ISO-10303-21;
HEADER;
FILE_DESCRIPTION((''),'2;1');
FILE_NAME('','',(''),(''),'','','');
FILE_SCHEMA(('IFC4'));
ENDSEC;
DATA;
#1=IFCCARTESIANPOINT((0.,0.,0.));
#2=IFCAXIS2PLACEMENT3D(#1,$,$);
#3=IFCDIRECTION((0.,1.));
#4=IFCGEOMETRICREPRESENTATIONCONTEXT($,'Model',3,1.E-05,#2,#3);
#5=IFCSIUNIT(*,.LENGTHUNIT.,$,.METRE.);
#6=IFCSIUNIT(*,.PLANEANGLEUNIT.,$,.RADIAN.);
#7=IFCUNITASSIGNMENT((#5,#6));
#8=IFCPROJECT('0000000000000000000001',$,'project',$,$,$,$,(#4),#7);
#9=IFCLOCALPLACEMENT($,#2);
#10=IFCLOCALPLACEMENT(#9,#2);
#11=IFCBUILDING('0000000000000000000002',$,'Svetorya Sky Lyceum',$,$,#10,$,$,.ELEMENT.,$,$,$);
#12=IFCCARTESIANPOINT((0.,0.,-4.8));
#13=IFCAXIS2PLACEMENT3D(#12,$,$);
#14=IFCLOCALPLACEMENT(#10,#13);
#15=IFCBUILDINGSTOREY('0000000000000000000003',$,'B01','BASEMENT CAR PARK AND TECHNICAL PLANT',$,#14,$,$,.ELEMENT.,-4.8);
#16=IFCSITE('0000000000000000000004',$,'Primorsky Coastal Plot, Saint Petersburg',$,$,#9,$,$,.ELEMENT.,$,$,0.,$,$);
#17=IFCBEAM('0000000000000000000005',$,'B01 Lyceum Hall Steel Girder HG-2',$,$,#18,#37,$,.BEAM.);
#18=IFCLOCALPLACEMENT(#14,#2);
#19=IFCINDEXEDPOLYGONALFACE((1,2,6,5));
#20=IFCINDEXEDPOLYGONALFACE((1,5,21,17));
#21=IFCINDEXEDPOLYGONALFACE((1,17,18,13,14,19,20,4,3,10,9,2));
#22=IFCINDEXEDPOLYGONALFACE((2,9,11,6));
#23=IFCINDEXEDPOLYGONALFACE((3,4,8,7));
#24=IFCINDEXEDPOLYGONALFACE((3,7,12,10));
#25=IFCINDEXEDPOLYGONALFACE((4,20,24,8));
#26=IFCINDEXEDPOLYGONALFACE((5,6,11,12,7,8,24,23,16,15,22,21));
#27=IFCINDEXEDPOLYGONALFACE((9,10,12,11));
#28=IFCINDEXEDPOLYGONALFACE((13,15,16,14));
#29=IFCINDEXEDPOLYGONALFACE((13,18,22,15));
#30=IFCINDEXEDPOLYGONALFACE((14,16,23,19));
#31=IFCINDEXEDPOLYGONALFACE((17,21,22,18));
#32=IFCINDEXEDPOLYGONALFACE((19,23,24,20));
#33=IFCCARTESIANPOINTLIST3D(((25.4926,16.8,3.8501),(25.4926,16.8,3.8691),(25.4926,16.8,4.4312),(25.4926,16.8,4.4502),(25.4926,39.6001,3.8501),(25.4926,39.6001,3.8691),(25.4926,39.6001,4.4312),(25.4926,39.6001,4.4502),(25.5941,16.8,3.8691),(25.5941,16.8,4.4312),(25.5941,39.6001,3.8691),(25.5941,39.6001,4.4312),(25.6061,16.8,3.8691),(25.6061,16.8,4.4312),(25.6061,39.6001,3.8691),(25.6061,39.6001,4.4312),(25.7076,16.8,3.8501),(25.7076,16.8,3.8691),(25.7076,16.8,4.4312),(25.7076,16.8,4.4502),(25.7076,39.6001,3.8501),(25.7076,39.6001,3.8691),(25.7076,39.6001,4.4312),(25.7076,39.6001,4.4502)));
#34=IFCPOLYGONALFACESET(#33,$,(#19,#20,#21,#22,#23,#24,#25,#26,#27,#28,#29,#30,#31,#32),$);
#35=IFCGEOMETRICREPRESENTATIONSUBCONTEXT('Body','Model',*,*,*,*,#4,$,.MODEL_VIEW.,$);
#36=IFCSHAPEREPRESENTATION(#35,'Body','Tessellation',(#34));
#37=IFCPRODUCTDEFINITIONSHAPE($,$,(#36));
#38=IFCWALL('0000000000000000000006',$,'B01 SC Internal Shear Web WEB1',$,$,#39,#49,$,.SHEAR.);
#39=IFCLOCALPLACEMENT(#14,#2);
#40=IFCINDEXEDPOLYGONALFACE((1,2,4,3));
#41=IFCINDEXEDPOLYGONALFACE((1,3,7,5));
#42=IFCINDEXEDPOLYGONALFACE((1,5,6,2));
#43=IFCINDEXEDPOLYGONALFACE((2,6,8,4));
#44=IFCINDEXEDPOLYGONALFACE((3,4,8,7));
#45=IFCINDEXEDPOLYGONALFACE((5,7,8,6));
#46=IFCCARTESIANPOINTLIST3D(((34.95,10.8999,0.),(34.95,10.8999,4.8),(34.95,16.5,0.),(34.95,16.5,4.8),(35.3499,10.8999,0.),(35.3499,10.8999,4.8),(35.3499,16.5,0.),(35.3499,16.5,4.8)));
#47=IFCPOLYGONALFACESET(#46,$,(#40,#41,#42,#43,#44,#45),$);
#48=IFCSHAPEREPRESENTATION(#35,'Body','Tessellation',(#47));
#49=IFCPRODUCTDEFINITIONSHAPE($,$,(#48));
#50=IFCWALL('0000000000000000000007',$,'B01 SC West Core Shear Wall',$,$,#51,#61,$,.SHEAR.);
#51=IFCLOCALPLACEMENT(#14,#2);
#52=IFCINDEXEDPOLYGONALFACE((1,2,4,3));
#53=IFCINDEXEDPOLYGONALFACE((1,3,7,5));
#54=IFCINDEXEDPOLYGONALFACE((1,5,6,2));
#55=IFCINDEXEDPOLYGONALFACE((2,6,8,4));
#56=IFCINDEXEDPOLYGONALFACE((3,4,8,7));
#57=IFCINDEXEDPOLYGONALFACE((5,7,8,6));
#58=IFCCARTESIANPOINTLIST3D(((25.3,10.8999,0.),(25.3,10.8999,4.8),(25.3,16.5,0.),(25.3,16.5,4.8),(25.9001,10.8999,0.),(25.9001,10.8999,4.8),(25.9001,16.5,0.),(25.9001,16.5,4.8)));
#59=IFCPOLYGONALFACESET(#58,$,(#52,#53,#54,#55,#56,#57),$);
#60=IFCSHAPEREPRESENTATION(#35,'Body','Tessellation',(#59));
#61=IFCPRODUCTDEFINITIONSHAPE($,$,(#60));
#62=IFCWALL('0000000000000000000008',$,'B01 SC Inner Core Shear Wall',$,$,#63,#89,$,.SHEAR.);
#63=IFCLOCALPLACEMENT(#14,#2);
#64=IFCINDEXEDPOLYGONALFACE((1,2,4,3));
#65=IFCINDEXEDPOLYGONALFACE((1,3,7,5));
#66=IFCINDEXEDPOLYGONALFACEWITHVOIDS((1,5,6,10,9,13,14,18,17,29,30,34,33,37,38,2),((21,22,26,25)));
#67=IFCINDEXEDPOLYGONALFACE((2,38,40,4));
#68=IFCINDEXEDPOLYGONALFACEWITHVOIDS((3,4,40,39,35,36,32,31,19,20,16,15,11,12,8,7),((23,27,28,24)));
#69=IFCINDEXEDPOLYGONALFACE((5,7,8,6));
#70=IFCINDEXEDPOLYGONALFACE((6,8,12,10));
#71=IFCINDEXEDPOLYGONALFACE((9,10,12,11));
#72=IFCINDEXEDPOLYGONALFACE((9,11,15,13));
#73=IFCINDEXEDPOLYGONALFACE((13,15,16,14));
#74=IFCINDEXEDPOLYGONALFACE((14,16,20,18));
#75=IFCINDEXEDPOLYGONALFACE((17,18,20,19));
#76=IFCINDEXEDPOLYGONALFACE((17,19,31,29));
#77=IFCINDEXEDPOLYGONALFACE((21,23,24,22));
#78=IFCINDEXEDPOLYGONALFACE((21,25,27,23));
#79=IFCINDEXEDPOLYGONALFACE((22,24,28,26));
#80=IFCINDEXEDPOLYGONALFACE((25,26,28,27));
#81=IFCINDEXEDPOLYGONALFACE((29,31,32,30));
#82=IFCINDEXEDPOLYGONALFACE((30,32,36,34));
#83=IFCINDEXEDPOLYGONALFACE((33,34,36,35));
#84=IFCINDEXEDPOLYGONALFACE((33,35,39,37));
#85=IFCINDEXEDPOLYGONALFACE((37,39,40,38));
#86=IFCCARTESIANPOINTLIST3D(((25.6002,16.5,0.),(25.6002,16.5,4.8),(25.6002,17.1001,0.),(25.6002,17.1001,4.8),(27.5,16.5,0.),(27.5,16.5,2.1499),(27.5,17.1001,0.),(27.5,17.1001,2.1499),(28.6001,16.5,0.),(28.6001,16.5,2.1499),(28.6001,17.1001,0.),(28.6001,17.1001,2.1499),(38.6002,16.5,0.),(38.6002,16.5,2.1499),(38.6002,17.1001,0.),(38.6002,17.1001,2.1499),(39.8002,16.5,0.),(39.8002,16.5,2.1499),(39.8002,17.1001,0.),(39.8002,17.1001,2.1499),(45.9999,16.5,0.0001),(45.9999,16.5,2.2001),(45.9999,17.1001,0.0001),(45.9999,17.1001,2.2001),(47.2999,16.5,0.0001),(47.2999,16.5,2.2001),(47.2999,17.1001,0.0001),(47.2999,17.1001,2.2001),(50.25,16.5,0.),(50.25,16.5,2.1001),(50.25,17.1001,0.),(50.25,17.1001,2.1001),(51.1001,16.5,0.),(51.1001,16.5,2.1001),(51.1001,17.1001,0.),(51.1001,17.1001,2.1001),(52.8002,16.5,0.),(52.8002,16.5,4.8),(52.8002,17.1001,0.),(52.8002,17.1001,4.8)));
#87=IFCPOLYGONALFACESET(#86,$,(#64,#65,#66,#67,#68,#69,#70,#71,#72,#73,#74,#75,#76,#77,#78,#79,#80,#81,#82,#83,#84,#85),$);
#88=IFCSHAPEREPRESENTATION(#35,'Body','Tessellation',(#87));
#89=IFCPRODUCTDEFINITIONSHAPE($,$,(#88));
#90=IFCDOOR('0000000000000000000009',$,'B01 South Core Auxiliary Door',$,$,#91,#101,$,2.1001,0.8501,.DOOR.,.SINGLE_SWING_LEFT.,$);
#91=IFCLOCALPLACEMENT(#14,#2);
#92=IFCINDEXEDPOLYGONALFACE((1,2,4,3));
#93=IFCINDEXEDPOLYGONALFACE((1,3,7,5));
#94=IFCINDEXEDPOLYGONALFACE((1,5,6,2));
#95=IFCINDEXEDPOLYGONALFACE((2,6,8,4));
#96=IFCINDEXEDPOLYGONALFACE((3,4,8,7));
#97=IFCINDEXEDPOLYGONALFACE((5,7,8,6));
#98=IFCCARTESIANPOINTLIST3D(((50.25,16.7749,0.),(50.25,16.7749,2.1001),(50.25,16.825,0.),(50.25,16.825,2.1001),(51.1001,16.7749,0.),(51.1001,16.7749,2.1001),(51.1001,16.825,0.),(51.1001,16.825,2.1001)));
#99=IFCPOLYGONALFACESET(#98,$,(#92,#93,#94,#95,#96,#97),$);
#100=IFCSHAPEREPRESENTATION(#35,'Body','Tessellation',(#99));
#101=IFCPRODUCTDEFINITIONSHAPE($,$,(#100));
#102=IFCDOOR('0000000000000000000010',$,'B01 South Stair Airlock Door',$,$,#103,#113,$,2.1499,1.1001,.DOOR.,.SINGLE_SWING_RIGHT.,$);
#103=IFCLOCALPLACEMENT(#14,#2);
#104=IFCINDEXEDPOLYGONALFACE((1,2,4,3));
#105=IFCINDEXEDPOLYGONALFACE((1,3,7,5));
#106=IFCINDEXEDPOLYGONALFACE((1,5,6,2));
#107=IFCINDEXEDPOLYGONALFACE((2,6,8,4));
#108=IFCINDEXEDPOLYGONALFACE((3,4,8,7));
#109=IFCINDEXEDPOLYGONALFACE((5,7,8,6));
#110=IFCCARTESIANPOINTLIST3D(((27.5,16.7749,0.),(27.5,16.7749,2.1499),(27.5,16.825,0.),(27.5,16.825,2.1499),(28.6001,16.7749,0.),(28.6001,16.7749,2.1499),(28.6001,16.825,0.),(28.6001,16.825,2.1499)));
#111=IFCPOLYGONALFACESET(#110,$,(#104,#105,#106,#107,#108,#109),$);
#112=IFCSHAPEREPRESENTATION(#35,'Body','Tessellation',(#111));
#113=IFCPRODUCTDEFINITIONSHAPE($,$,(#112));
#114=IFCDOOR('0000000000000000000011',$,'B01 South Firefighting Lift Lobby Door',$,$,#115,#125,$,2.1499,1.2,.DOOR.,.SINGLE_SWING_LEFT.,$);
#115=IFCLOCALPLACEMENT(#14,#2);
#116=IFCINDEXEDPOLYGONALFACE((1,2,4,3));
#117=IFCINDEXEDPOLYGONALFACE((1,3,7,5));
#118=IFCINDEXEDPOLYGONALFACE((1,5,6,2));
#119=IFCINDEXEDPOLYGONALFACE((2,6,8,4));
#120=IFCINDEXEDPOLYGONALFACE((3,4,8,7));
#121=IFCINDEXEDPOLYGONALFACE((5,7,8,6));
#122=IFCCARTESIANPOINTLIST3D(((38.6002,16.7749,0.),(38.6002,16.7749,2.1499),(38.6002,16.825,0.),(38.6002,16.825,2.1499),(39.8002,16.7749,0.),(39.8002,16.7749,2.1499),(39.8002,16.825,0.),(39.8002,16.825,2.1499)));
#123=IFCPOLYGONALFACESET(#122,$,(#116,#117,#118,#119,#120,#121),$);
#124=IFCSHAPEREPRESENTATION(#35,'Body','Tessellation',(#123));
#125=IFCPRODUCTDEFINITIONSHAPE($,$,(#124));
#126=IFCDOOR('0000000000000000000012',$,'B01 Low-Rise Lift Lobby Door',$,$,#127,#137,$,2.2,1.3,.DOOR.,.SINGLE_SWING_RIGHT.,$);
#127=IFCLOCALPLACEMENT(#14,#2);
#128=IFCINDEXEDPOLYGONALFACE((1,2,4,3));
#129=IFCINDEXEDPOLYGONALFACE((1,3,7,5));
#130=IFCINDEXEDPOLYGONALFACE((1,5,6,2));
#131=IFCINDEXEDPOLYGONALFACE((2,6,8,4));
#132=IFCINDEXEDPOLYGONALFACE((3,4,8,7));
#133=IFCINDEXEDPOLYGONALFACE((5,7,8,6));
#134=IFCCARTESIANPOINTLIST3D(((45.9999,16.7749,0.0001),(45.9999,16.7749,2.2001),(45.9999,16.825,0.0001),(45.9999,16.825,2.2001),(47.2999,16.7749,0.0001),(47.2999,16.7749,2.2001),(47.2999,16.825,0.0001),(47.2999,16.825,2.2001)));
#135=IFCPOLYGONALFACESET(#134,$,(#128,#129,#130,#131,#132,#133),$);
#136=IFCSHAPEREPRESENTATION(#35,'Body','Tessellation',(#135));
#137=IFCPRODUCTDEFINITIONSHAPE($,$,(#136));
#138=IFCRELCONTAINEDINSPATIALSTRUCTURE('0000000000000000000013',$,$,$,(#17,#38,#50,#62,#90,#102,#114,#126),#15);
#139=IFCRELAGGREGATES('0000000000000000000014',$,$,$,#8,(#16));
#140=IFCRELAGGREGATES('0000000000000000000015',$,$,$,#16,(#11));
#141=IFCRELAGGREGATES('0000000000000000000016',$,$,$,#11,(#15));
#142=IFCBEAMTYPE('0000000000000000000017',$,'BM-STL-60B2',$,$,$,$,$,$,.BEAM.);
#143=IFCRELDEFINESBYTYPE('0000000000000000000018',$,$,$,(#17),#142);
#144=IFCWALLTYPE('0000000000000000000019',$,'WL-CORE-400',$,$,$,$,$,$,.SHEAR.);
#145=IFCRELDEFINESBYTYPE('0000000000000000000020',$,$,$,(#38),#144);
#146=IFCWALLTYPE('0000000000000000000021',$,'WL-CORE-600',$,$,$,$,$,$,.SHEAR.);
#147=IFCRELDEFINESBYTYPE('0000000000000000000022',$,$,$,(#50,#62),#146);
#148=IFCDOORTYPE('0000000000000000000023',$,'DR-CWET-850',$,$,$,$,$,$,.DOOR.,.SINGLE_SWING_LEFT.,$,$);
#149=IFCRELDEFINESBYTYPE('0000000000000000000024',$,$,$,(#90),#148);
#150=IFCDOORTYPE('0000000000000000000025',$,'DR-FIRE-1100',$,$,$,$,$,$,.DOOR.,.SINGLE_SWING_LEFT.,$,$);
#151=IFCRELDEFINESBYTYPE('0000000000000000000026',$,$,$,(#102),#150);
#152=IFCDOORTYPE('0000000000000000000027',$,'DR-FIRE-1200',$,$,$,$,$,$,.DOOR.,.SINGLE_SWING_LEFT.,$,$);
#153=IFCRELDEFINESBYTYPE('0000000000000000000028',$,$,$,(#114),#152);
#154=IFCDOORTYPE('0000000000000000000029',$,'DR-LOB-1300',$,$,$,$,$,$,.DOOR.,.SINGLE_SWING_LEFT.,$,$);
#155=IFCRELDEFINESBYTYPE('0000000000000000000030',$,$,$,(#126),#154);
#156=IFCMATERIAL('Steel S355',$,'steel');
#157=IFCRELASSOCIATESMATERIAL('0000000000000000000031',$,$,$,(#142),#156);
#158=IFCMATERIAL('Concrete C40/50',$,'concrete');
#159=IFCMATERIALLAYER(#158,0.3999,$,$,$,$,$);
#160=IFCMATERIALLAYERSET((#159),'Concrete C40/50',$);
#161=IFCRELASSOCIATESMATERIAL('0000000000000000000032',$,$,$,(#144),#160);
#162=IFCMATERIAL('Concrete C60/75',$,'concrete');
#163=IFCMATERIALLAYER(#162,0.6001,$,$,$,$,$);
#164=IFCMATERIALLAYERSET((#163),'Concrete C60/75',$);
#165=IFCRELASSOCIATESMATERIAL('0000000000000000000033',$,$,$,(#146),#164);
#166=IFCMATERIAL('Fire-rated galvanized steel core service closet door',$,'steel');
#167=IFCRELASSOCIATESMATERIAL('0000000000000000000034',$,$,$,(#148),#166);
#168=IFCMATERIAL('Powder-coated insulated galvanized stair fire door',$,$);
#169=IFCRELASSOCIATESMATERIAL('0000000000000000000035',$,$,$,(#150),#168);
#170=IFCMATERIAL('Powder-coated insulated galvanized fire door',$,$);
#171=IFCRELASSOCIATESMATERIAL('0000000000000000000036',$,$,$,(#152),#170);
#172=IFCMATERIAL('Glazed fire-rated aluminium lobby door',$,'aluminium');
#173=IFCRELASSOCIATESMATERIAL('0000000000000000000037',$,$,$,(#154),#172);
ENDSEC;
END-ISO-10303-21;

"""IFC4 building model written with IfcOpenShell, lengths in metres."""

from ifc_helpers import new_model, si_unit, direction, frame, frame_2d, origin, origin_2d, place, context, subcontext, project, spatial, rectangle, i_section, extrude, material, layer, layer_set, material_profile, profile_set, type_object, element, fill, save


model = new_model("IFC4")

# Units and contexts
model_context = context("Model", 3, precision=1e-05, world=origin(), true_north=direction((0.0, 1.0)))
body_context = subcontext(model_context, "Body", "Model", "MODEL_VIEW")
ifc_project = project(units=[si_unit("LENGTHUNIT", "METRE"), si_unit("PLANEANGLEUNIT", "RADIAN")], contexts=[model_context])

# Site, building, storey
site_placement = place(None, origin())
site = spatial("IfcSite", under=ifc_project, at=site_placement, Name="Primorsky Coastal Plot, Saint Petersburg", CompositionType="ELEMENT", RefElevation=0.0)
building_placement = place(site_placement, origin())
building = spatial("IfcBuilding", under=site, at=building_placement, Name="Svetorya Sky Lyceum", CompositionType="ELEMENT")
storey_placement = place(building_placement, frame((0.0, 0.0, -4.8)))
storey = spatial("IfcBuildingStorey", under=building, at=storey_placement, Name="B01", Description="BASEMENT CAR PARK AND TECHNICAL PLANT", CompositionType="ELEMENT", Elevation=-4.8)

# Shared definitions
ifc_material_1 = material(Name="Concrete C40/50", Category="concrete")

# Shared definitions
ifc_material_2 = material(Name="Concrete C60/75", Category="concrete")

# Beam
ifc_material_3 = material(Name="Steel S355", Category="steel")
ifc_material_profile_1 = material_profile(ifc_material_3, i_section(OverallWidth=0.2151, OverallDepth=0.6001, WebThickness=0.012, FlangeThickness=0.019, at=origin_2d()), Name="GOST 60B2")
ifc_profile_set_1 = profile_set([ifc_material_profile_1], Name="Steel S355")
beam_type_1 = type_object("IfcBeamType", Name="BM-STL-60B2", PredefinedType="BEAM", material=ifc_profile_set_1)
beam_1_placement = place(storey_placement, frame((25.6001, 16.8, 4.1501), z_axis=(0.0, 1.0, 0.0), x_axis=(-1.0, 0.0, 0.0)))
element("IfcBeam", 1, at=beam_1_placement, inside=storey, type_object=beam_type_1, Name="B01 Lyceum Hall Steel Girder HG-2", PredefinedType="BEAM", context=body_context, shape_type="SweptSolid", body=[
    extrude(i_section(OverallWidth=0.2151, OverallDepth=0.6001, WebThickness=0.012, FlangeThickness=0.019, at=origin_2d()), origin(), (0.0, 0.0, 1.0), 22.8),
])

# Walls
ifc_layer_1 = layer(ifc_material_1, 0.3999)
ifc_layer_set_1 = layer_set([ifc_layer_1], Name="Concrete C40/50")
wall_type_1 = type_object("IfcWallType", Name="WL-CORE-400", PredefinedType="SHEAR", material=ifc_layer_set_1)
wall_1_placement = place(storey_placement, frame((35.1499, 10.8999, 0.0), z_axis=(0.0, 0.0, 1.0), x_axis=(0.0, 1.0, 0.0)))
element("IfcWall", 2, at=wall_1_placement, inside=storey, type_object=wall_type_1, Name="B01 SC Internal Shear Web WEB1", PredefinedType="SHEAR", context=body_context, shape_type="SweptSolid", body=[
    extrude(rectangle(XDim=5.6001, YDim=0.3999, at=frame_2d((2.8, 0.0))), origin(), (0.0, 0.0, 1.0), 4.8),
])
ifc_layer_2 = layer(ifc_material_2, 0.6001)
ifc_layer_set_2 = layer_set([ifc_layer_2], Name="Concrete C60/75")
wall_type_2 = type_object("IfcWallType", Name="WL-CORE-600", PredefinedType="SHEAR", material=ifc_layer_set_2)
wall_2_placement = place(storey_placement, frame((25.6001, 10.8999, 0.0), z_axis=(0.0, 0.0, 1.0), x_axis=(0.0, 1.0, 0.0)))
element("IfcWall", 3, at=wall_2_placement, inside=storey, type_object=wall_type_2, Name="B01 SC West Core Shear Wall", PredefinedType="SHEAR", context=body_context, shape_type="SweptSolid", body=[
    extrude(rectangle(XDim=5.6001, YDim=0.6001, at=frame_2d((2.8, 0.0))), origin(), (0.0, 0.0, 1.0), 4.8),
])

# Wall, openings, doors
wall_3_placement = place(storey_placement, frame((25.6001, 16.8, 0.0), z_axis=(0.0, 0.0, 1.0), x_axis=(1.0, 0.0, 0.0)))
wall_3 = element("IfcWall", 4, at=wall_3_placement, inside=storey, type_object=wall_type_2, Name="B01 SC Inner Core Shear Wall", PredefinedType="SHEAR", context=body_context, shape_type="SweptSolid", body=[
    extrude(rectangle(XDim=27.2, YDim=0.6001, at=frame_2d((13.6001, 0.0))), origin(), (0.0, 0.0, 1.0), 4.8),
])
opening_1_placement = place(wall_3_placement, frame((1.8999, 0.0, 0.0)))
opening_1 = element("IfcOpeningElement", 5, at=opening_1_placement, cuts=wall_3, PredefinedType="OPENING", context=body_context, shape_type="SweptSolid", body=[
    extrude(rectangle(XDim=1.1001, YDim=2.1499, at=frame_2d((0.55, 1.075))), frame((0.0, 0.3101, 0.0), z_axis=(0.0, -1.0, 0.0), x_axis=(1.0, 0.0, 0.0)), (0.0, 0.0, 1.0), 0.6201),
])
opening_2_placement = place(wall_3_placement, frame((13.0, 0.0, 0.0)))
opening_2 = element("IfcOpeningElement", 6, at=opening_2_placement, cuts=wall_3, PredefinedType="OPENING", context=body_context, shape_type="SweptSolid", body=[
    extrude(rectangle(XDim=1.2, YDim=2.1499, at=frame_2d((0.6001, 1.075))), frame((0.0, 0.3101, 0.0), z_axis=(0.0, -1.0, 0.0), x_axis=(1.0, 0.0, 0.0)), (0.0, 0.0, 1.0), 0.6201),
])
opening_3_placement = place(wall_3_placement, frame((20.3999, 0.0, 0.0)))
opening_3 = element("IfcOpeningElement", 7, at=opening_3_placement, cuts=wall_3, PredefinedType="OPENING", context=body_context, shape_type="SweptSolid", body=[
    extrude(rectangle(XDim=1.3, YDim=2.2, at=frame_2d((0.6499, 1.1001))), frame((0.0, 0.3101, 0.0), z_axis=(0.0, -1.0, 0.0), x_axis=(1.0, 0.0, 0.0)), (0.0, 0.0, 1.0), 0.6201),
])
opening_4_placement = place(wall_3_placement, frame((24.6499, 0.0, 0.0)))
opening_4 = element("IfcOpeningElement", 8, at=opening_4_placement, cuts=wall_3, PredefinedType="OPENING", context=body_context, shape_type="SweptSolid", body=[
    extrude(rectangle(XDim=0.8501, YDim=2.1001, at=frame_2d((0.425, 1.05))), frame((0.0, 0.3101, 0.0), z_axis=(0.0, -1.0, 0.0), x_axis=(1.0, 0.0, 0.0)), (0.0, 0.0, 1.0), 0.6201),
])
ifc_material_4 = material(Name="Fire-rated galvanized steel core service closet door", Category="steel")
door_type_1 = type_object("IfcDoorType", Name="DR-CWET-850", OperationType="SINGLE_SWING_LEFT", PredefinedType="DOOR", material=ifc_material_4)
door_1_placement = place(opening_4_placement, origin())
door_1 = element("IfcDoor", 9, at=door_1_placement, inside=storey, type_object=door_type_1, Name="B01 South Core Auxiliary Door", OperationType="SINGLE_SWING_LEFT", OverallHeight=2.1001, OverallWidth=0.8501, PredefinedType="DOOR", context=body_context, shape_type="SweptSolid", body=[
    extrude(rectangle(XDim=0.8501, YDim=2.1001, at=frame_2d((0.425, 1.05))), frame((0.0, 0.0249, 0.0), z_axis=(0.0, -1.0, 0.0), x_axis=(1.0, 0.0, 0.0)), (0.0, 0.0, 1.0), 0.05),
])
fill(opening_4, door_1)
ifc_material_5 = material(Name="Powder-coated insulated galvanized stair fire door")
door_type_2 = type_object("IfcDoorType", Name="DR-FIRE-1100", OperationType="SINGLE_SWING_LEFT", PredefinedType="DOOR", material=ifc_material_5)
door_2_placement = place(opening_1_placement, origin())
door_2 = element("IfcDoor", 10, at=door_2_placement, inside=storey, type_object=door_type_2, Name="B01 South Stair Airlock Door", OperationType="SINGLE_SWING_RIGHT", OverallHeight=2.1499, OverallWidth=1.1001, PredefinedType="DOOR", context=body_context, shape_type="SweptSolid", body=[
    extrude(rectangle(XDim=1.1001, YDim=2.1499, at=frame_2d((0.55, 1.075))), frame((0.0, 0.0249, 0.0), z_axis=(0.0, -1.0, 0.0), x_axis=(1.0, 0.0, 0.0)), (0.0, 0.0, 1.0), 0.05),
])
fill(opening_1, door_2)
ifc_material_6 = material(Name="Powder-coated insulated galvanized fire door")
door_type_3 = type_object("IfcDoorType", Name="DR-FIRE-1200", OperationType="SINGLE_SWING_LEFT", PredefinedType="DOOR", material=ifc_material_6)
door_3_placement = place(opening_2_placement, origin())
door_3 = element("IfcDoor", 11, at=door_3_placement, inside=storey, type_object=door_type_3, Name="B01 South Firefighting Lift Lobby Door", OperationType="SINGLE_SWING_LEFT", OverallHeight=2.1499, OverallWidth=1.2, PredefinedType="DOOR", context=body_context, shape_type="SweptSolid", body=[
    extrude(rectangle(XDim=1.2, YDim=2.1499, at=frame_2d((0.6001, 1.075))), frame((0.0, 0.0249, 0.0), z_axis=(0.0, -1.0, 0.0), x_axis=(1.0, 0.0, 0.0)), (0.0, 0.0, 1.0), 0.05),
])
fill(opening_2, door_3)
ifc_material_7 = material(Name="Glazed fire-rated aluminium lobby door", Category="aluminium")
door_type_4 = type_object("IfcDoorType", Name="DR-LOB-1300", OperationType="SINGLE_SWING_LEFT", PredefinedType="DOOR", material=ifc_material_7)
door_4_placement = place(opening_3_placement, origin())
door_4 = element("IfcDoor", 12, at=door_4_placement, inside=storey, type_object=door_type_4, Name="B01 Low-Rise Lift Lobby Door", OperationType="SINGLE_SWING_RIGHT", OverallHeight=2.2, OverallWidth=1.3, PredefinedType="DOOR", context=body_context, shape_type="SweptSolid", body=[
    extrude(rectangle(XDim=1.3, YDim=2.2, at=frame_2d((0.6499, 1.1001))), frame((0.0, 0.0249, 0.0), z_axis=(0.0, -1.0, 0.0), x_axis=(1.0, 0.0, 0.0)), (0.0, 0.0, 1.0), 0.05),
])
fill(opening_3, door_4)

save(model, "model.ifc")
